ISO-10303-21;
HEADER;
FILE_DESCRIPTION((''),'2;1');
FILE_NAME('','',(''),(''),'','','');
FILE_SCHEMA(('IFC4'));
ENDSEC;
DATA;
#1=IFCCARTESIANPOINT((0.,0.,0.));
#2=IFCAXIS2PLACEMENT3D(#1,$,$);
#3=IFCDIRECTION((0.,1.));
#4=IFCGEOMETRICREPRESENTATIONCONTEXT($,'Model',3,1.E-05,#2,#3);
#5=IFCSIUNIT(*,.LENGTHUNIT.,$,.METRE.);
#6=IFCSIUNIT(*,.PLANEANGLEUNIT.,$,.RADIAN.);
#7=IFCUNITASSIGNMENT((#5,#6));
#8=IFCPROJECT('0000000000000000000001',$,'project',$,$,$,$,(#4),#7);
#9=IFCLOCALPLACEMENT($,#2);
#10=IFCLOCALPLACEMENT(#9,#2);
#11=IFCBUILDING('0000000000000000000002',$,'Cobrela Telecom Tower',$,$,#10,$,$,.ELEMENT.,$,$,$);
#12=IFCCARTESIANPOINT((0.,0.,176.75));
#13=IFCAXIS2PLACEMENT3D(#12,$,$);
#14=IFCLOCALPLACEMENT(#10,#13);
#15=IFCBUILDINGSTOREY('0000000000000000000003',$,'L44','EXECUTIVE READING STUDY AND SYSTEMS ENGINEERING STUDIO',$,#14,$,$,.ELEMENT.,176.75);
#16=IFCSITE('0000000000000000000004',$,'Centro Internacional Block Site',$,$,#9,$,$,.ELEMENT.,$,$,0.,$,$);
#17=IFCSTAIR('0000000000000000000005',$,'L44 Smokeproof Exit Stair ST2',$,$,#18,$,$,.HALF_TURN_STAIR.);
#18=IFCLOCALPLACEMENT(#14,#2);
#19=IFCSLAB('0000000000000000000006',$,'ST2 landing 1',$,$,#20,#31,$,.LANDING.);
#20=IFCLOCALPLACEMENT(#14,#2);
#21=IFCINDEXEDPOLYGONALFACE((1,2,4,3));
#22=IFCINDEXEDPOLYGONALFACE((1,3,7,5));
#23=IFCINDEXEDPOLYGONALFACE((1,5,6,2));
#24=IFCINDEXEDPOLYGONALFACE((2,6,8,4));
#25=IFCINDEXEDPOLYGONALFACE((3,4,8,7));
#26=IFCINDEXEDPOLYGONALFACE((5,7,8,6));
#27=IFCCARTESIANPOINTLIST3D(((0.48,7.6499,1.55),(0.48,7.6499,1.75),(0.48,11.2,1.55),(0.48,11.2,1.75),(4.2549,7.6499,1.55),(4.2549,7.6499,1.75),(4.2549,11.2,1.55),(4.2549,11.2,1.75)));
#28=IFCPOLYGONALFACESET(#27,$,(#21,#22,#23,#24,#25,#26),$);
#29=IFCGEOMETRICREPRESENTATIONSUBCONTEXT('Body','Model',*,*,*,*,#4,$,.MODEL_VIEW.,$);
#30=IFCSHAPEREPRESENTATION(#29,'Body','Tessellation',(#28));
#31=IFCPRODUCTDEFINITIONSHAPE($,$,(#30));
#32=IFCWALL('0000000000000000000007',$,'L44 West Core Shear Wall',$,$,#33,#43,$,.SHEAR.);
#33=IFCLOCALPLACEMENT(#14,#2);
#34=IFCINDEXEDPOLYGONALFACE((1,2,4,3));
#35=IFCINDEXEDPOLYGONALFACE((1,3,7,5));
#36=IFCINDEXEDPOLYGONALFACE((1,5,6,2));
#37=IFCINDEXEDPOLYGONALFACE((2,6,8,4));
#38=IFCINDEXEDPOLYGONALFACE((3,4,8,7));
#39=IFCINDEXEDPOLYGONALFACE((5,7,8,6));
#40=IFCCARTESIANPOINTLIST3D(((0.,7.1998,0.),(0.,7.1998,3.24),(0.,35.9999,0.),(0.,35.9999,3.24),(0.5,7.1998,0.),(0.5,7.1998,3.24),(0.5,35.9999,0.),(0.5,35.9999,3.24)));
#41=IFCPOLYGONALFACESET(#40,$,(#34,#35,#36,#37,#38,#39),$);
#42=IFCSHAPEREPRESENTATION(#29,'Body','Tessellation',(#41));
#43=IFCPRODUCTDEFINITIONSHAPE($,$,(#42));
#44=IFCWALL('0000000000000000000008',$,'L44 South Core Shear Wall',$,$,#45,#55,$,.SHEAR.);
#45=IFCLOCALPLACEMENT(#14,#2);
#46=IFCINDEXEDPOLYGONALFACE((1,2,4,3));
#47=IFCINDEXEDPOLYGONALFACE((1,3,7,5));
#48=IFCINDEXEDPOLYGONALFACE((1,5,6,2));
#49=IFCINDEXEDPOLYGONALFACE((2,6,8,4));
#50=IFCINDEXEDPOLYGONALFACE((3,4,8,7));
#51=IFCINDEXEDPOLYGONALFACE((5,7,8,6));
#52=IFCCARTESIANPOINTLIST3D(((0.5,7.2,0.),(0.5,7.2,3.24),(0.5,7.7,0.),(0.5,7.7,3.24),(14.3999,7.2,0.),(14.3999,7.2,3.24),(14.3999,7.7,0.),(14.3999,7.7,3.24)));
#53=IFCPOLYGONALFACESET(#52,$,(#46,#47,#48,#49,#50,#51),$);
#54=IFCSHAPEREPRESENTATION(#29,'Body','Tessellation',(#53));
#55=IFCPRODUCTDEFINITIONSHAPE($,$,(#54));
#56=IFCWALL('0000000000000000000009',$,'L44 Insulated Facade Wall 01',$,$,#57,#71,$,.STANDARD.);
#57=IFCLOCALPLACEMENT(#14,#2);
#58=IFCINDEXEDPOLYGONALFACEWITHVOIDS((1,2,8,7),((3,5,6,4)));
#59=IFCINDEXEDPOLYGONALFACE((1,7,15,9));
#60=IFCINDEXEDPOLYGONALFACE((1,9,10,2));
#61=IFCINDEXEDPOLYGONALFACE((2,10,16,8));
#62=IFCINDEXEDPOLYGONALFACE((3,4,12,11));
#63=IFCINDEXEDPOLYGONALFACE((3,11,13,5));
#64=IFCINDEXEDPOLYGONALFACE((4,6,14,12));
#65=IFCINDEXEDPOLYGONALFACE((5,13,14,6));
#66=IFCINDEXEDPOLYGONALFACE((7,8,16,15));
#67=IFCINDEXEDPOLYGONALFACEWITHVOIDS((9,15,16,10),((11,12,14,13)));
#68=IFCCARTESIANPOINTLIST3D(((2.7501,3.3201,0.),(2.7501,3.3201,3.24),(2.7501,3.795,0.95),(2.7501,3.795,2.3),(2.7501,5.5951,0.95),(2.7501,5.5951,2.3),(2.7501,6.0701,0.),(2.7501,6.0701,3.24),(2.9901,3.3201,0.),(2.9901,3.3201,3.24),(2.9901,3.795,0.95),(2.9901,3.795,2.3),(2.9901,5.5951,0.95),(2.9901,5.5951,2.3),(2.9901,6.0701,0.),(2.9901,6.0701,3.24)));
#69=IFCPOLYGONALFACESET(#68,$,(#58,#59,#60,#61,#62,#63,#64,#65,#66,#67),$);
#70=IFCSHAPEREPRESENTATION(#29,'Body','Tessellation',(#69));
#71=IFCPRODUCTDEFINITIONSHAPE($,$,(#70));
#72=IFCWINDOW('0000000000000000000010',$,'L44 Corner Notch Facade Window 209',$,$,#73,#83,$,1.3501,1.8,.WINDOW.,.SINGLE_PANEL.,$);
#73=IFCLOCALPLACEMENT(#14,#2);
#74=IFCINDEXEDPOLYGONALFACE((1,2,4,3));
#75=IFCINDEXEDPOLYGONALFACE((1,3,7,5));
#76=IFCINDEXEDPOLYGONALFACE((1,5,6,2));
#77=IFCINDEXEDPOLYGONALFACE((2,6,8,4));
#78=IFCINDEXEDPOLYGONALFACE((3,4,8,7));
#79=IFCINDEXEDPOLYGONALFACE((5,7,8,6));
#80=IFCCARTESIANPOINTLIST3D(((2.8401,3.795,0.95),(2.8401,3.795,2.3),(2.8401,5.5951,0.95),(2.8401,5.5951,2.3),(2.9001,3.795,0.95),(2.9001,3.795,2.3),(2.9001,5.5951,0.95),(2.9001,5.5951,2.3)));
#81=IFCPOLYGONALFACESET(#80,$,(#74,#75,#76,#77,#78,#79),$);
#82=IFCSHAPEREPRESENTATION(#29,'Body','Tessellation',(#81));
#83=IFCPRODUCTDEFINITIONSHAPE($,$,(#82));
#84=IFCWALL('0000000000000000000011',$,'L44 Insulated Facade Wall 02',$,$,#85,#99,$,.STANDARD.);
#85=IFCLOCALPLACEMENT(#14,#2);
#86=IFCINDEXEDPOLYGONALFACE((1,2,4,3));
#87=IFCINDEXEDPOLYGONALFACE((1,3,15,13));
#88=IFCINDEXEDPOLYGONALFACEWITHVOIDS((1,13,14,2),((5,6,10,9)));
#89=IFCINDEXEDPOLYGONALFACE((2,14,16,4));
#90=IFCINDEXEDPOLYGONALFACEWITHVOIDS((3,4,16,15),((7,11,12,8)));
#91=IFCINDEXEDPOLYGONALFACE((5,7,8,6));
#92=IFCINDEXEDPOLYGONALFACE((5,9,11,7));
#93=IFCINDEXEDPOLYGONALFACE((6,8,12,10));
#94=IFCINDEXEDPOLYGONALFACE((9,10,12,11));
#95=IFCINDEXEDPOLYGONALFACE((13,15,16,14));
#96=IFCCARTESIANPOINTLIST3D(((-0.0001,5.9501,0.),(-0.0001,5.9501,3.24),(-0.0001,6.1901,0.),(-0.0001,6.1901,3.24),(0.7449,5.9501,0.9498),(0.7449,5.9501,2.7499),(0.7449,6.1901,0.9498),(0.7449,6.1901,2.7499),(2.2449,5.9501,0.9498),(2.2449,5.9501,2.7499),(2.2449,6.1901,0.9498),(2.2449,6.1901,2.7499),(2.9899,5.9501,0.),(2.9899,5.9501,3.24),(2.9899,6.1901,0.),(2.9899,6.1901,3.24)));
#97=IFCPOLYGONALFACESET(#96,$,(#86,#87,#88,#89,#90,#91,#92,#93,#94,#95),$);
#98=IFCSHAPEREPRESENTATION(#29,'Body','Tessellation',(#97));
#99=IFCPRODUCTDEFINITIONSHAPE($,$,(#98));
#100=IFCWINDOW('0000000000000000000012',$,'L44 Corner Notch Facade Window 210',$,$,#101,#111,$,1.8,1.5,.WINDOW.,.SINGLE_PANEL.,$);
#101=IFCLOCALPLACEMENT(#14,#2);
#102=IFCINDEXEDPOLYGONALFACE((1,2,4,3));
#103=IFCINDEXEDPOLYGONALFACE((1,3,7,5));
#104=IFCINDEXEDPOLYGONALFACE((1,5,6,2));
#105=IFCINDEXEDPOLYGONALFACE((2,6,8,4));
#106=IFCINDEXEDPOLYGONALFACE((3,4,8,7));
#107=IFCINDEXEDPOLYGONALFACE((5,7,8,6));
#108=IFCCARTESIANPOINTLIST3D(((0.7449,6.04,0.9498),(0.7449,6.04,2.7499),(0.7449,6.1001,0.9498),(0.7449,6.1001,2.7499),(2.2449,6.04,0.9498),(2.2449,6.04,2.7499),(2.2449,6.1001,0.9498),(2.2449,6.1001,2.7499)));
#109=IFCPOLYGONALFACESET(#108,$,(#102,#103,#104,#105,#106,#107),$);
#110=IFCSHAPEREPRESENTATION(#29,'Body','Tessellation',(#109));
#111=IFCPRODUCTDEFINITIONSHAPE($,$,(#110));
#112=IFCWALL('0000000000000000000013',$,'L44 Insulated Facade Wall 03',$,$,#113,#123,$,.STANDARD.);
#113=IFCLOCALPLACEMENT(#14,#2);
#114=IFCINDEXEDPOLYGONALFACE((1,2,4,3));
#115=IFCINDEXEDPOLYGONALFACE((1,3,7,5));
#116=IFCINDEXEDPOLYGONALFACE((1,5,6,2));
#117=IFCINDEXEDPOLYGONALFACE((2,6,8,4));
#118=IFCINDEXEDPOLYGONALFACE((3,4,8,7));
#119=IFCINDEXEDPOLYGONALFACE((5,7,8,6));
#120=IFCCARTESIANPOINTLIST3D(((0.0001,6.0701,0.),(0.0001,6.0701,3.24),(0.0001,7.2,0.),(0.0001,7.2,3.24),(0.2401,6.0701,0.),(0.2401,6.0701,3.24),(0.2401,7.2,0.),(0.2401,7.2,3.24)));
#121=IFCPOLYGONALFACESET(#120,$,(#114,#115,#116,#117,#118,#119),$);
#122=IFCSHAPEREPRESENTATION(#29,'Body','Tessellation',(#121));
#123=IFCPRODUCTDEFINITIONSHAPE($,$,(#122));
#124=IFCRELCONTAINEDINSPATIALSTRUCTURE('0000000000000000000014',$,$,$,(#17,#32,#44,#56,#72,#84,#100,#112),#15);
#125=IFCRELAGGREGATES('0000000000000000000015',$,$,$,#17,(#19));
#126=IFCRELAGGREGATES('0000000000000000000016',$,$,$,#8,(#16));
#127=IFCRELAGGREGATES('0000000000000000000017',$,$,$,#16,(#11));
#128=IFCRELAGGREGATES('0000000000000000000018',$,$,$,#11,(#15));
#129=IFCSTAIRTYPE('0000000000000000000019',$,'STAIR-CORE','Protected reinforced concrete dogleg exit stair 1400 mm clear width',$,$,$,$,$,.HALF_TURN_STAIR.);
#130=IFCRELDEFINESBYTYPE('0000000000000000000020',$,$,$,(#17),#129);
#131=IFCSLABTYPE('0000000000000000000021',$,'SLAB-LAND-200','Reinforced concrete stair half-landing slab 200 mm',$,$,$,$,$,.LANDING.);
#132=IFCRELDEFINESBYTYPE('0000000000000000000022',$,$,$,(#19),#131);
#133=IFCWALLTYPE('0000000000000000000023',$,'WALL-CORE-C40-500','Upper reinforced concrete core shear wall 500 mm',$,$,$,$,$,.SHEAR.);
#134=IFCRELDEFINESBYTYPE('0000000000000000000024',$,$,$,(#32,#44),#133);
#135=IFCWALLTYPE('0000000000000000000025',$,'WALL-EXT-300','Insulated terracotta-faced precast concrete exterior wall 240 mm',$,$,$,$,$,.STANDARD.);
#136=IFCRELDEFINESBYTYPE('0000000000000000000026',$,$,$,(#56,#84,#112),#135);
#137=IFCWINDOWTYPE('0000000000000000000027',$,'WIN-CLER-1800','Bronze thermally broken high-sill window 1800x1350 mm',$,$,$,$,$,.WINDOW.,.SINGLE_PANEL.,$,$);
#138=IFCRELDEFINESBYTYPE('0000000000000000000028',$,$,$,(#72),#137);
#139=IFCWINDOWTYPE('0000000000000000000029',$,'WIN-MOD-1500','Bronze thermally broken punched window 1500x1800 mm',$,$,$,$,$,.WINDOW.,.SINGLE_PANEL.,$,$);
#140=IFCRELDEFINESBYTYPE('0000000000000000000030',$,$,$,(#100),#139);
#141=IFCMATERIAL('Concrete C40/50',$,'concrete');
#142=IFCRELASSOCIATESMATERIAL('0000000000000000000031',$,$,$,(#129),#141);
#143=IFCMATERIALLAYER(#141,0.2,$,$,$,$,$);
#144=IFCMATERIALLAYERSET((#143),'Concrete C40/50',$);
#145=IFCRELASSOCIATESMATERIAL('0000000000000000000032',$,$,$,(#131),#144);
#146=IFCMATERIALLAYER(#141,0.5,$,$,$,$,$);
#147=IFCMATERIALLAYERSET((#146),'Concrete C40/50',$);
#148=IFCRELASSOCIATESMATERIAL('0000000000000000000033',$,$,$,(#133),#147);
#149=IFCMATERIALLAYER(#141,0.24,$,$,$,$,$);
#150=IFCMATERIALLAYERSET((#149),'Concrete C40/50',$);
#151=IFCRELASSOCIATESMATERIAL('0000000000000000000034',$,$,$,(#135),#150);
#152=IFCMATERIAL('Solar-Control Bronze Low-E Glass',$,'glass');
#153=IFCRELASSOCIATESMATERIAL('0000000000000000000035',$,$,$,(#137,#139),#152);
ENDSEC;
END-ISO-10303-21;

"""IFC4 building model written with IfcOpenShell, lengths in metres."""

from ifc_helpers import new_model, si_unit, direction, frame, frame_2d, origin, place, context, subcontext, project, spatial, polyline, rectangle, outline, extrude, material, layer, layer_set, type_object, element, fill, aggregate, save


model = new_model("IFC4")

# Units and contexts
model_context = context("Model", 3, precision=1e-05, world=origin(), true_north=direction((0.0, 1.0)))
body_context = subcontext(model_context, "Body", "Model", "MODEL_VIEW")
ifc_project = project(units=[si_unit("LENGTHUNIT", "METRE"), si_unit("PLANEANGLEUNIT", "RADIAN")], contexts=[model_context])

# Site, building, storey
site_placement = place(None, origin())
site = spatial("IfcSite", under=ifc_project, at=site_placement, Name="Centro Internacional Block Site", CompositionType="ELEMENT", RefElevation=0.0)
building_placement = place(site_placement, origin())
building = spatial("IfcBuilding", under=site, at=building_placement, Name="Cobrela Telecom Tower", CompositionType="ELEMENT")
storey_placement = place(building_placement, frame((0.0, 0.0, 176.75)))
storey = spatial("IfcBuildingStorey", under=building, at=storey_placement, Name="L44", Description="EXECUTIVE READING STUDY AND SYSTEMS ENGINEERING STUDIO", CompositionType="ELEMENT", Elevation=176.75)

# Shared definitions
ifc_material_1 = material(Name="Concrete C40/50", Category="concrete")

# Stair, slab
stair_type = type_object("IfcStairType", Name="STAIR-CORE", Description="Protected reinforced concrete dogleg exit stair 1400 mm clear width", PredefinedType="HALF_TURN_STAIR", material=ifc_material_1)
ifc_layer_1 = layer(ifc_material_1, 0.2)
ifc_layer_set_1 = layer_set([ifc_layer_1], Name="Concrete C40/50")
slab_type_1 = type_object("IfcSlabType", Name="SLAB-LAND-200", Description="Reinforced concrete stair half-landing slab 200 mm", PredefinedType="LANDING", material=ifc_layer_set_1)
stair_1_placement = place(storey_placement, origin())
stair_1 = element("IfcStair", 1, at=stair_1_placement, inside=storey, type_object=stair_type, Name="L44 Smokeproof Exit Stair ST2", PredefinedType="HALF_TURN_STAIR")
slab_1_placement = place(storey_placement, frame((0.0, 0.0, 1.55)))
slab_1 = element("IfcSlab", 2, at=slab_1_placement, type_object=slab_type_1, Name="ST2 landing 1", PredefinedType="LANDING", context=body_context, shape_type="SweptSolid", body=[
    extrude(outline(polyline([(4.2549, 11.2), (0.48, 11.2), (0.48, 7.6499), (4.2549, 7.6499), (4.2549, 11.2)])), origin(), (0.0, 0.0, 1.0), 0.2),
])
aggregate(stair_1, [slab_1])

# Walls
ifc_layer_2 = layer(ifc_material_1, 0.5)
ifc_layer_set_2 = layer_set([ifc_layer_2], Name="Concrete C40/50")
wall_type_1 = type_object("IfcWallType", Name="WALL-CORE-C40-500", Description="Upper reinforced concrete core shear wall 500 mm", PredefinedType="SHEAR", material=ifc_layer_set_2)
wall_1_placement = place(storey_placement, frame((0.25, 7.2, 0.0), z_axis=(0.0, 0.0, 1.0), x_axis=(0.0, 1.0, 0.0)))
element("IfcWall", 3, at=wall_1_placement, inside=storey, type_object=wall_type_1, Name="L44 West Core Shear Wall", PredefinedType="SHEAR", context=body_context, shape_type="SweptSolid", body=[
    extrude(rectangle(XDim=28.8, YDim=0.5, at=frame_2d((14.3999, 0.0))), origin(), (0.0, 0.0, 1.0), 3.24),
])
wall_2_placement = place(storey_placement, frame((0.5, 7.45, 0.0), z_axis=(0.0, 0.0, 1.0), x_axis=(1.0, 0.0, 0.0)))
element("IfcWall", 4, at=wall_2_placement, inside=storey, type_object=wall_type_1, Name="L44 South Core Shear Wall", PredefinedType="SHEAR", context=body_context, shape_type="SweptSolid", body=[
    extrude(rectangle(XDim=13.8999, YDim=0.5, at=frame_2d((6.95, 0.0))), origin(), (0.0, 0.0, 1.0), 3.24),
])

# Walls, openings, windows
ifc_layer_3 = layer(ifc_material_1, 0.24)
ifc_layer_set_3 = layer_set([ifc_layer_3], Name="Concrete C40/50")
wall_type_2 = type_object("IfcWallType", Name="WALL-EXT-300", Description="Insulated terracotta-faced precast concrete exterior wall 240 mm", PredefinedType="STANDARD", material=ifc_layer_set_3)
wall_3_placement = place(storey_placement, frame((2.8701, 3.3201, 0.0), z_axis=(0.0, 0.0, 1.0), x_axis=(0.0, 1.0, 0.0)))
wall_3 = element("IfcWall", 5, at=wall_3_placement, inside=storey, type_object=wall_type_2, Name="L44 Insulated Facade Wall 01", PredefinedType="STANDARD", context=body_context, shape_type="SweptSolid", body=[
    extrude(rectangle(XDim=2.75, YDim=0.24, at=frame_2d((1.375, 0.0))), origin(), (0.0, 0.0, 1.0), 3.24),
])
opening_1_placement = place(wall_3_placement, frame((0.4751, 0.0, 0.95)))
opening_1 = element("IfcOpeningElement", 6, at=opening_1_placement, cuts=wall_3, PredefinedType="OPENING", context=body_context, shape_type="SweptSolid", body=[
    extrude(rectangle(XDim=1.8, YDim=1.3501, at=frame_2d((0.8999, 0.675))), frame((0.0, 0.1318, 0.0), z_axis=(0.0, -1.0, 0.0), x_axis=(1.0, 0.0, 0.0)), (0.0, 0.0, 1.0), 0.2639),
])
ifc_material_2 = material(Name="Solar-Control Bronze Low-E Glass", Category="glass")
window_type_1 = type_object("IfcWindowType", Name="WIN-CLER-1800", Description="Bronze thermally broken high-sill window 1800x1350 mm", PartitioningType="SINGLE_PANEL", PredefinedType="WINDOW", material=ifc_material_2)
window_1_placement = place(opening_1_placement, origin())
window_1 = element("IfcWindow", 7, at=window_1_placement, inside=storey, type_object=window_type_1, Name="L44 Corner Notch Facade Window 209", OverallHeight=1.3501, OverallWidth=1.8, PartitioningType="SINGLE_PANEL", PredefinedType="WINDOW", context=body_context, shape_type="SweptSolid", body=[
    extrude(rectangle(XDim=1.8, YDim=1.3501, at=frame_2d((0.8999, 0.675))), frame((0.0, 0.03, 0.0), z_axis=(0.0, -1.0, 0.0), x_axis=(1.0, 0.0, 0.0)), (0.0, 0.0, 1.0), 0.0601),
])
fill(opening_1, window_1)
wall_4_placement = place(storey_placement, frame((2.99, 6.0701, 0.0), z_axis=(0.0, 0.0, 1.0), x_axis=(-1.0, 0.0, 0.0)))
wall_4 = element("IfcWall", 8, at=wall_4_placement, inside=storey, type_object=wall_type_2, Name="L44 Insulated Facade Wall 02", PredefinedType="STANDARD", context=body_context, shape_type="SweptSolid", body=[
    extrude(rectangle(XDim=2.99, YDim=0.24, at=frame_2d((1.4951, 0.0))), origin(), (0.0, 0.0, 1.0), 3.24),
])
opening_2_placement = place(wall_4_placement, frame((0.7451, 0.0, 0.95)))
opening_2 = element("IfcOpeningElement", 9, at=opening_2_placement, cuts=wall_4, PredefinedType="OPENING", context=body_context, shape_type="SweptSolid", body=[
    extrude(rectangle(XDim=1.5, YDim=1.8, at=frame_2d((0.75, 0.8999))), frame((0.0, 0.1318, 0.0), z_axis=(0.0, -1.0, 0.0), x_axis=(1.0, 0.0, 0.0)), (0.0, 0.0, 1.0), 0.2639),
])
window_type_2 = type_object("IfcWindowType", Name="WIN-MOD-1500", Description="Bronze thermally broken punched window 1500x1800 mm", PartitioningType="SINGLE_PANEL", PredefinedType="WINDOW", material=ifc_material_2)
window_2_placement = place(opening_2_placement, origin())
window_2 = element("IfcWindow", 10, at=window_2_placement, inside=storey, type_object=window_type_2, Name="L44 Corner Notch Facade Window 210", OverallHeight=1.8, OverallWidth=1.5, PartitioningType="SINGLE_PANEL", PredefinedType="WINDOW", context=body_context, shape_type="SweptSolid", body=[
    extrude(rectangle(XDim=1.5, YDim=1.8, at=frame_2d((0.75, 0.8999))), frame((0.0, 0.03, 0.0), z_axis=(0.0, -1.0, 0.0), x_axis=(1.0, 0.0, 0.0)), (0.0, 0.0, 1.0), 0.0601),
])
fill(opening_2, window_2)

# Wall
wall_5_placement = place(storey_placement, frame((0.1201, 6.0701, 0.0), z_axis=(0.0, 0.0, 1.0), x_axis=(0.0, 1.0, 0.0)))
element("IfcWall", 11, at=wall_5_placement, inside=storey, type_object=wall_type_2, Name="L44 Insulated Facade Wall 03", PredefinedType="STANDARD", context=body_context, shape_type="SweptSolid", body=[
    extrude(rectangle(XDim=1.1299, YDim=0.24, at=frame_2d((0.5649, 0.0))), origin(), (0.0, 0.0, 1.0), 3.24),
])

save(model, "model.ifc")
